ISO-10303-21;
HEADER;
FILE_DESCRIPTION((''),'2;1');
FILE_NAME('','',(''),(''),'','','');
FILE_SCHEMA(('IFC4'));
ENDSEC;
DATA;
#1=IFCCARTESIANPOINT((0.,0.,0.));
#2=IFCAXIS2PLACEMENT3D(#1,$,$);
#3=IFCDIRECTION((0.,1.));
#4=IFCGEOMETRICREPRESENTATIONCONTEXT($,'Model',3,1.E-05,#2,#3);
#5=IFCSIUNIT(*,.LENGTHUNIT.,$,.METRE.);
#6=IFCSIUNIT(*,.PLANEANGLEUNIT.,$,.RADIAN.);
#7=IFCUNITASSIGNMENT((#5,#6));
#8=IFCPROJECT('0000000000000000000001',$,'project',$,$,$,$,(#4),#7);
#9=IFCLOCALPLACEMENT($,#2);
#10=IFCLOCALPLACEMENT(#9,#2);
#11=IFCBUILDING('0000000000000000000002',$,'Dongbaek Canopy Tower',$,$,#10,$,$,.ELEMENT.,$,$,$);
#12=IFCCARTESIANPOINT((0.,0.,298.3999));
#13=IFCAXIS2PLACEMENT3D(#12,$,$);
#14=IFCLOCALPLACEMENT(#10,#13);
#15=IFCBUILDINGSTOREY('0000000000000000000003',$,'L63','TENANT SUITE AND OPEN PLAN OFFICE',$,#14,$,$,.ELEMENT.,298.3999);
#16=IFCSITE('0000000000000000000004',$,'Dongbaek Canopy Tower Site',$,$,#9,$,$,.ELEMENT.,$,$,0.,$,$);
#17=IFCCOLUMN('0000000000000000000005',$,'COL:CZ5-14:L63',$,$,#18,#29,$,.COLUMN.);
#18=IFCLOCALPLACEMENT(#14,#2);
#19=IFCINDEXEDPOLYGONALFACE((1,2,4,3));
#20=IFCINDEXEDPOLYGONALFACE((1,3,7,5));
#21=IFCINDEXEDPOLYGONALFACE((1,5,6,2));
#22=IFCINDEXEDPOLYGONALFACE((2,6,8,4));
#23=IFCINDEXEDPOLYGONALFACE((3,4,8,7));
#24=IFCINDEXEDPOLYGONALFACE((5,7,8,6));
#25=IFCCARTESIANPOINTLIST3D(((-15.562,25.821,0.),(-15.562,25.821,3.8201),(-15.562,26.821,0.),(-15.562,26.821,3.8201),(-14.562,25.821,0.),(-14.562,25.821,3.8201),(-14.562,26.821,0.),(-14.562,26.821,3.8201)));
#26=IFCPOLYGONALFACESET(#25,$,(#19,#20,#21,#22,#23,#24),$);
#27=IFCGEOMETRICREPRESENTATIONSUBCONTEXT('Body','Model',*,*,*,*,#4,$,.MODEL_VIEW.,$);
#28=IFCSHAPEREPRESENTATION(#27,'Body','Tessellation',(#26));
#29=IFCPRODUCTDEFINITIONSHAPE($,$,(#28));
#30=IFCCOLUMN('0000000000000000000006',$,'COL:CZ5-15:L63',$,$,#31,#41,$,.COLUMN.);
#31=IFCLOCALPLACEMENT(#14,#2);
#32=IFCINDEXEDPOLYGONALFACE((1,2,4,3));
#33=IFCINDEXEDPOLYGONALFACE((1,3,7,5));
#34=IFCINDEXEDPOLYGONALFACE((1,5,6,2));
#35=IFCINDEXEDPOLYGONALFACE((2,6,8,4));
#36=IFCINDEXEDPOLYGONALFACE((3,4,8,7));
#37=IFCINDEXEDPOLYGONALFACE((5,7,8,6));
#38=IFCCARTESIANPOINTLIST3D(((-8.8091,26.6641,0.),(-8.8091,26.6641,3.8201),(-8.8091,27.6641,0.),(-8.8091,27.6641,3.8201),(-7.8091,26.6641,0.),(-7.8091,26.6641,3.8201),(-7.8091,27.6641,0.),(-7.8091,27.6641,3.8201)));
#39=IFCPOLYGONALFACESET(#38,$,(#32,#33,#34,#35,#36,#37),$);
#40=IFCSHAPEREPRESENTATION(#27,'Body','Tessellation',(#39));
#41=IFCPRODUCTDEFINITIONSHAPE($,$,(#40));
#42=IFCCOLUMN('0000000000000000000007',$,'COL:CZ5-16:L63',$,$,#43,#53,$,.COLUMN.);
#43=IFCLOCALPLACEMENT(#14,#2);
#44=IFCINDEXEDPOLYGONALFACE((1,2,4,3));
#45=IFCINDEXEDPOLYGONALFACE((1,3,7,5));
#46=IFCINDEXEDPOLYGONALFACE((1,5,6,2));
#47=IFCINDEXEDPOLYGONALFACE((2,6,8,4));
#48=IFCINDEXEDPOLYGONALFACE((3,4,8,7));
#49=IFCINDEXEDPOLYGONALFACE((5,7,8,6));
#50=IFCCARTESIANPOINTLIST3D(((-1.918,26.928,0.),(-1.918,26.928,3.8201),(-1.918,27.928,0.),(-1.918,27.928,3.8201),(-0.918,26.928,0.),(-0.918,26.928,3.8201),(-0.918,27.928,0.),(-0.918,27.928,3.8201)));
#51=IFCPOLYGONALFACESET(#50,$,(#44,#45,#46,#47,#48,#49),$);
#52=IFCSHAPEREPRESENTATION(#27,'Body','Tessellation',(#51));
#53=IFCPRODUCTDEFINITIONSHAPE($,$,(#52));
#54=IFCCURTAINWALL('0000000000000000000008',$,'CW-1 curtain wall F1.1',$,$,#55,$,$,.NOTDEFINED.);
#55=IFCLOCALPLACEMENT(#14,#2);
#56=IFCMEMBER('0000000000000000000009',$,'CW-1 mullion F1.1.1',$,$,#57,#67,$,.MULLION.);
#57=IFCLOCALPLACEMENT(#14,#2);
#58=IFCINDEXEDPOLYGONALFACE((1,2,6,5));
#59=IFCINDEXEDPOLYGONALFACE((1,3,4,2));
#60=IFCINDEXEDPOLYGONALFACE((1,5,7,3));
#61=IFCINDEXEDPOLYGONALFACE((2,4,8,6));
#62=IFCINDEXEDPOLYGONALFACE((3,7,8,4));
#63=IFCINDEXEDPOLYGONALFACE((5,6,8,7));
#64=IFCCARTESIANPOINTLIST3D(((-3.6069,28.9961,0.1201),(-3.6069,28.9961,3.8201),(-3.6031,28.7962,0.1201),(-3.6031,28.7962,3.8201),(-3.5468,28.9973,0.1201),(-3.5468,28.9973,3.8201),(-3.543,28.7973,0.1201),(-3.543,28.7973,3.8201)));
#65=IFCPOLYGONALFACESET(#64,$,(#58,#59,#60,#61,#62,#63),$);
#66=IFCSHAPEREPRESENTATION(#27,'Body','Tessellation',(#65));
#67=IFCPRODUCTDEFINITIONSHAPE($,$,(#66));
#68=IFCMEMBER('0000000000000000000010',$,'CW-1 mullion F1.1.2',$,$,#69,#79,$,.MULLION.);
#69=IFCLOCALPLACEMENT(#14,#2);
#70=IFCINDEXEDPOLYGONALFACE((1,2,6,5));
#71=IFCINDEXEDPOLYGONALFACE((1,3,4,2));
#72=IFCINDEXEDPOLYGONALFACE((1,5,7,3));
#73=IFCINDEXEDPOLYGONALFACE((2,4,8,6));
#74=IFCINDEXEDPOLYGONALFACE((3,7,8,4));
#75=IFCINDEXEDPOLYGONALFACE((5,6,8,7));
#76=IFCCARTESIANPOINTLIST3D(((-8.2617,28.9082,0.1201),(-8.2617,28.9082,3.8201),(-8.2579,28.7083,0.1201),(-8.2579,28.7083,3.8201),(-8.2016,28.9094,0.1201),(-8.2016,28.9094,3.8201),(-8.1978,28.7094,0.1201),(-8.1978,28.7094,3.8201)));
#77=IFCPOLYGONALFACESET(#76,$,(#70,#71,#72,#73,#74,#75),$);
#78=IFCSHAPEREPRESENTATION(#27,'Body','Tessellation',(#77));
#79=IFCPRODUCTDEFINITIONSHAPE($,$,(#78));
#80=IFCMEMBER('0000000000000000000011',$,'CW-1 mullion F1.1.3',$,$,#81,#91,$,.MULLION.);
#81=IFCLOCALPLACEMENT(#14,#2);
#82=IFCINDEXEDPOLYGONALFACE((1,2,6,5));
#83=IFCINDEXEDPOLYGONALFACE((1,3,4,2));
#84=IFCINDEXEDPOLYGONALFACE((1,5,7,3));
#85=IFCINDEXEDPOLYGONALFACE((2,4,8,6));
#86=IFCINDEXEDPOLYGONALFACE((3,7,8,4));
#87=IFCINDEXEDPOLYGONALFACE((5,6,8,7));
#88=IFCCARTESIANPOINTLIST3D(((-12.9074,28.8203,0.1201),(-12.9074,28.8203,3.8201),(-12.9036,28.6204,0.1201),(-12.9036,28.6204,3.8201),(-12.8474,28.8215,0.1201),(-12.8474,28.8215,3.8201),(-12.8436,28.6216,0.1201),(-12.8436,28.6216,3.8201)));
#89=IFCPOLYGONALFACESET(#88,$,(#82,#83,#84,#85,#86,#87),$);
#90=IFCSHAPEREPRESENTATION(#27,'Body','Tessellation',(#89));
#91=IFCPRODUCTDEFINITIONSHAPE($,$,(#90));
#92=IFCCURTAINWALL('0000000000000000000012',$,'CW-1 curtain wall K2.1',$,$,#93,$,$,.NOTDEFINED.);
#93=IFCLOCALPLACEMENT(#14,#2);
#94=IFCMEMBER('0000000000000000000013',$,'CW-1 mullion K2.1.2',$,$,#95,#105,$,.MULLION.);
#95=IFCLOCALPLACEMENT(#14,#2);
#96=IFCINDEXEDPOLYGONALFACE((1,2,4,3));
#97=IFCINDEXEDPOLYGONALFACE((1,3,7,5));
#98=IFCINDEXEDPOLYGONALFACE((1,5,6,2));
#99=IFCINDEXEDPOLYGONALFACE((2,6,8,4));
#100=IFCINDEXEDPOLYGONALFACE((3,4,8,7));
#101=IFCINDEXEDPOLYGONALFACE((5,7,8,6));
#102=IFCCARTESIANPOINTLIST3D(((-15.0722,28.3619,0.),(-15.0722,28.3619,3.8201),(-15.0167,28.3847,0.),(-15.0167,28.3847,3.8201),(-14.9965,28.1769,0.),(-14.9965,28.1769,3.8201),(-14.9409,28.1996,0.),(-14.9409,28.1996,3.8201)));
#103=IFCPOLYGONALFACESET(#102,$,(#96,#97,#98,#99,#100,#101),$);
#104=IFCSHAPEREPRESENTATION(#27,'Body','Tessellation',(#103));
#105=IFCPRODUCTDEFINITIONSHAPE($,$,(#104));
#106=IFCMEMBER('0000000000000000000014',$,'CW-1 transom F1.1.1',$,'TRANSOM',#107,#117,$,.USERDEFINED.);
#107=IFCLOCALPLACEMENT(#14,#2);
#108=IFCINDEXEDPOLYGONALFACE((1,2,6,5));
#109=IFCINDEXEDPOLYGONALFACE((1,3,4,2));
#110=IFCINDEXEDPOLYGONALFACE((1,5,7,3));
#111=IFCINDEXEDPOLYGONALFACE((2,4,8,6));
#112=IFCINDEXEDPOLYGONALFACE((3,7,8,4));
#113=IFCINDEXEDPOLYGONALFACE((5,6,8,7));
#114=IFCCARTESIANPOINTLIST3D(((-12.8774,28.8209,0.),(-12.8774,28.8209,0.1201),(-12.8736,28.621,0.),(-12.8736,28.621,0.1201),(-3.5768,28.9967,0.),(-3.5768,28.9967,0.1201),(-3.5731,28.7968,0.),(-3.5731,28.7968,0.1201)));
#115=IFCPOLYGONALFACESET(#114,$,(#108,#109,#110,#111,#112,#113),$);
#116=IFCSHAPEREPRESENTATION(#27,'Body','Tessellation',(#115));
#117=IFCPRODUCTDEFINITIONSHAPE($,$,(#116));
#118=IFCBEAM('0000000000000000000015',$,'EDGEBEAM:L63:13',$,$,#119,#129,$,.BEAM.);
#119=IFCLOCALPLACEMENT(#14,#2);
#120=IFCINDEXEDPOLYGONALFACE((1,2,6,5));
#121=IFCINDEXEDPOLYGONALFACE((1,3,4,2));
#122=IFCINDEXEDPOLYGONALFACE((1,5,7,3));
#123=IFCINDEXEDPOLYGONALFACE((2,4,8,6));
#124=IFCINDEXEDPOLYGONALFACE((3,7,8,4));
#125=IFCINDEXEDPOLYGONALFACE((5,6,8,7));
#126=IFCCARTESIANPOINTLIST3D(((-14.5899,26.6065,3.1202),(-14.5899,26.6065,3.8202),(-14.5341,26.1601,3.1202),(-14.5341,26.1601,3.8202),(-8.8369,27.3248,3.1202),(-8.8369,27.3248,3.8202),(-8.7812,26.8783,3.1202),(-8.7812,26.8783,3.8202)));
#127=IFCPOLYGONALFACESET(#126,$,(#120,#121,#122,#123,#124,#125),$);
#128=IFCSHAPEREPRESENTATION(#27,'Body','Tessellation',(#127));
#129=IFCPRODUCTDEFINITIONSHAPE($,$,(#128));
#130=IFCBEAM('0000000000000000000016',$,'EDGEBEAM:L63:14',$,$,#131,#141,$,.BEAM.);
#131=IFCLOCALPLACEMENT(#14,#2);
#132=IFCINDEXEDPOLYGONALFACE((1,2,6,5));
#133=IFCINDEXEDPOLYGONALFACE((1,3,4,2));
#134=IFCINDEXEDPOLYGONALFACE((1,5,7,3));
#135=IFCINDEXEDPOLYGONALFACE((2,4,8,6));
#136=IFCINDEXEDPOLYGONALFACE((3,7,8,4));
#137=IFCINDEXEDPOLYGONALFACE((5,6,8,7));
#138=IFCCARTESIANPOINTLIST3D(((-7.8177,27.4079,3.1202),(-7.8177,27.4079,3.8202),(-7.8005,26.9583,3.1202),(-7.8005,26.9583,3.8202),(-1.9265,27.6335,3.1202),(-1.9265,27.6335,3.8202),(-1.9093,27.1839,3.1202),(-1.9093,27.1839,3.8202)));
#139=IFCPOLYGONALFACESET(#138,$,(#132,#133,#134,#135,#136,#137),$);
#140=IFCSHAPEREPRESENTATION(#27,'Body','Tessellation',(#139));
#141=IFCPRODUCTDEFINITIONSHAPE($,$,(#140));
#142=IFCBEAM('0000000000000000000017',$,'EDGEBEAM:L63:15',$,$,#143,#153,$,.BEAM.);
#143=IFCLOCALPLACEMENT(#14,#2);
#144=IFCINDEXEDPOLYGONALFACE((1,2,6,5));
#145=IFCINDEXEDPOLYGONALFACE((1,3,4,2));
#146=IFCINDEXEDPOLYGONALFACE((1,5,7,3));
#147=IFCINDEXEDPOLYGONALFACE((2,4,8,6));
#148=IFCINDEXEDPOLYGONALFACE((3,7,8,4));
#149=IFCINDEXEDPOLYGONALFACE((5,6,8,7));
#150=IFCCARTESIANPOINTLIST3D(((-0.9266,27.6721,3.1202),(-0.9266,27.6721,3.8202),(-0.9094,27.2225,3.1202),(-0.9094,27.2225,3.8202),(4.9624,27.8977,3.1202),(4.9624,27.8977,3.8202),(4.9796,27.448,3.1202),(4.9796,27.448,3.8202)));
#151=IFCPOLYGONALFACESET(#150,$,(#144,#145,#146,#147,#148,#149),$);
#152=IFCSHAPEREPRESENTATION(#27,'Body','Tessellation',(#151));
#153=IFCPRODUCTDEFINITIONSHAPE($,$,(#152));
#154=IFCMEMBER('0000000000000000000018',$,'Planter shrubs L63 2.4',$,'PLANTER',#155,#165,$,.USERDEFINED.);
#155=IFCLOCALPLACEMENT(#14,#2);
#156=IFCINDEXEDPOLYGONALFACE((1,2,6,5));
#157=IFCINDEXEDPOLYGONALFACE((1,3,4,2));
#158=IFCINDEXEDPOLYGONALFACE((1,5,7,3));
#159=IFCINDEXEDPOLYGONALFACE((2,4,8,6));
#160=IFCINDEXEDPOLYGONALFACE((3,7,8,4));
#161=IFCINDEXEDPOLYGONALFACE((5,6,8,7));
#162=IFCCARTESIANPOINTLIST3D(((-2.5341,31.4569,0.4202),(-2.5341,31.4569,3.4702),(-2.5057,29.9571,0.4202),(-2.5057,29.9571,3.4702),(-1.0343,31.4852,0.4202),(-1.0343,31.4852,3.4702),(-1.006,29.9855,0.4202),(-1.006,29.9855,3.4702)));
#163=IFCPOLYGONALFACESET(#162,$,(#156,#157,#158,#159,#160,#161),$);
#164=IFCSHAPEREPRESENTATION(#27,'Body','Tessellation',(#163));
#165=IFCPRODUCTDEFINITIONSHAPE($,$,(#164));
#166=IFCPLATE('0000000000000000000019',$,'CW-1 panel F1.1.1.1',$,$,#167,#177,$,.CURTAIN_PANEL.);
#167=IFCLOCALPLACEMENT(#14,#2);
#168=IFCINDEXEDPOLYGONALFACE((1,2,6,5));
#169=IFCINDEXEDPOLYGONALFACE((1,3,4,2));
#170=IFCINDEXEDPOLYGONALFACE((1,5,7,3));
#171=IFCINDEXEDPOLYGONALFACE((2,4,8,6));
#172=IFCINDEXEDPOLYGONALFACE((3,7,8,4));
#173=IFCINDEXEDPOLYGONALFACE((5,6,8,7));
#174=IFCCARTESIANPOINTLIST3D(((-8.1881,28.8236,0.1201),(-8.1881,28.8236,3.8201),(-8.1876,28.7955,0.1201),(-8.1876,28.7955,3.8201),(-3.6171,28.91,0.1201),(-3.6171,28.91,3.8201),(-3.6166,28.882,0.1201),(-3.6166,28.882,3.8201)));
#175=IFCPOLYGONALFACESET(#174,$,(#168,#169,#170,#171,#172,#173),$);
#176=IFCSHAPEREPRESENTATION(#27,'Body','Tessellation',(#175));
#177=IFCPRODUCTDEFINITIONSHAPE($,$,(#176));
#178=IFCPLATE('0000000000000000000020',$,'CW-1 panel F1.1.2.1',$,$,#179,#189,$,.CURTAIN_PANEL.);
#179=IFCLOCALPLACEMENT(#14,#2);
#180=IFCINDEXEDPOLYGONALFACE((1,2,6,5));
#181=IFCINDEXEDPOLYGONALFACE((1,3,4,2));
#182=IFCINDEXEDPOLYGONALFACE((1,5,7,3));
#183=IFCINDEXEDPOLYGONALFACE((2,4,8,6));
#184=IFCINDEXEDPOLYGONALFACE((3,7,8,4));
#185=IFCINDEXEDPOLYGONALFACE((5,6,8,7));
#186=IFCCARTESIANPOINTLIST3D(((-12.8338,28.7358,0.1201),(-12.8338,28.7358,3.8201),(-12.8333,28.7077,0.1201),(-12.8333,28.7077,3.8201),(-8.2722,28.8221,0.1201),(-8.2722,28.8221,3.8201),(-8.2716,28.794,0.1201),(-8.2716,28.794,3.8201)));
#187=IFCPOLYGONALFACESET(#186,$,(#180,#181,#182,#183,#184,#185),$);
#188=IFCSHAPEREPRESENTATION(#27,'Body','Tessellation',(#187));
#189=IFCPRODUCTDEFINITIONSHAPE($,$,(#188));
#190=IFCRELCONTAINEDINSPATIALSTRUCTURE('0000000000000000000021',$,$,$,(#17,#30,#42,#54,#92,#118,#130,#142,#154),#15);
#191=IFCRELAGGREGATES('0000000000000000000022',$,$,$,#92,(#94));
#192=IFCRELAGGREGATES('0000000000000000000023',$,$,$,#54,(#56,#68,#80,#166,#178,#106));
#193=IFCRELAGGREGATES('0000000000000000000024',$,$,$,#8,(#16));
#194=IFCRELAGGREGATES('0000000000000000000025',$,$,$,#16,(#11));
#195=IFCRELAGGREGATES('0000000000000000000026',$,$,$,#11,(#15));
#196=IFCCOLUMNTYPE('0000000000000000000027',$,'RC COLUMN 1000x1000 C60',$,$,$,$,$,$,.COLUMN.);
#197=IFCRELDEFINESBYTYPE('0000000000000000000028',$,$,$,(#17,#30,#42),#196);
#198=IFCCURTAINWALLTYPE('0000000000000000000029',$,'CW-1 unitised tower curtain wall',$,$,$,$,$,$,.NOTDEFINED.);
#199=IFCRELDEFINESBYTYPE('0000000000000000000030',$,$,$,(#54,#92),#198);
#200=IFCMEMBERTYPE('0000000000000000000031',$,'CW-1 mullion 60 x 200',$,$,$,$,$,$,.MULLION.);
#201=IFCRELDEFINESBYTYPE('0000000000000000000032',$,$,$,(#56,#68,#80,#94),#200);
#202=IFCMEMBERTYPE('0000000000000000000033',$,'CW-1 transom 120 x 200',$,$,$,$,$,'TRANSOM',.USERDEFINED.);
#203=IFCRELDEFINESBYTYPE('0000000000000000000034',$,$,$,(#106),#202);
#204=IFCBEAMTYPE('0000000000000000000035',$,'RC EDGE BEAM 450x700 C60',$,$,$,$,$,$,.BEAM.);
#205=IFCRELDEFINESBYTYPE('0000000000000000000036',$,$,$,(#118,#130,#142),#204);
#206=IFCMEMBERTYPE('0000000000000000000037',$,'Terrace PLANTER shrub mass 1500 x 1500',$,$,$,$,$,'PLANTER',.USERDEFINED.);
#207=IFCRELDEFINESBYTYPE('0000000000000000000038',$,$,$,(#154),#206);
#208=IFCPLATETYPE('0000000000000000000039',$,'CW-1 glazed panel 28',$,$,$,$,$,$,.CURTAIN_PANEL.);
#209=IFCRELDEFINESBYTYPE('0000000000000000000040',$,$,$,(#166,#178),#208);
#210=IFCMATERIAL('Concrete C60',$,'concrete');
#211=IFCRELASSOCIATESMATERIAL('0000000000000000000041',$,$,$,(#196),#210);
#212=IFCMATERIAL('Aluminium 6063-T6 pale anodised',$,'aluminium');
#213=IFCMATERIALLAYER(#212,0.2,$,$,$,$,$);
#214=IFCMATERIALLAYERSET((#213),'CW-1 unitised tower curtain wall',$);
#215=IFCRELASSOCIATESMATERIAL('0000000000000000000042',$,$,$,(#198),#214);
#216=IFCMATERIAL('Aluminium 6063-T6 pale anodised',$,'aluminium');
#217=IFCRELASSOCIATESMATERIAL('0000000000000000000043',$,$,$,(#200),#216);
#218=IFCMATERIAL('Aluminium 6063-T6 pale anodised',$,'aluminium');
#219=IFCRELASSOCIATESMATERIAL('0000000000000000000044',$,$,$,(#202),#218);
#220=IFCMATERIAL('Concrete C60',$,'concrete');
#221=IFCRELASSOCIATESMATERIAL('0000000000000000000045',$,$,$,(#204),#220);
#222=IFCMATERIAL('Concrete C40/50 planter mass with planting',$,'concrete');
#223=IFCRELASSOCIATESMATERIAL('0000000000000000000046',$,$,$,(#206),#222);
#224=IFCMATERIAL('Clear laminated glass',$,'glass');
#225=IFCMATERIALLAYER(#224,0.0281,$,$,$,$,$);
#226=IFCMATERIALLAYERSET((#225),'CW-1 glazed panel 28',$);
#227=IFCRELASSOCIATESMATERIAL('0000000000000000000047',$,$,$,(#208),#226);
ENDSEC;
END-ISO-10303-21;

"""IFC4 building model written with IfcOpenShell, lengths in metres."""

from ifc_helpers import new_model, si_unit, direction, frame, origin, origin_2d, place, context, subcontext, project, spatial, rectangle, extrude, material, layer, layer_set, material_profile, profile_set, type_object, element, aggregate, save


model = new_model("IFC4")

# Units and contexts
model_context = context("Model", 3, precision=1e-05, world=origin(), true_north=direction((0.0, 1.0)))
body_context = subcontext(model_context, "Body", "Model", "MODEL_VIEW")
ifc_project = project(units=[si_unit("LENGTHUNIT", "METRE"), si_unit("PLANEANGLEUNIT", "RADIAN")], contexts=[model_context])

# Site, building, storey
site_placement = place(None, origin())
site = spatial("IfcSite", under=ifc_project, at=site_placement, Name="Dongbaek Canopy Tower Site", CompositionType="ELEMENT", RefElevation=0.0)
building_placement = place(site_placement, origin())
building = spatial("IfcBuilding", under=site, at=building_placement, Name="Dongbaek Canopy Tower", CompositionType="ELEMENT")
storey_placement = place(building_placement, frame((0.0, 0.0, 298.3999)))
storey = spatial("IfcBuildingStorey", under=building, at=storey_placement, Name="L63", Description="TENANT SUITE AND OPEN PLAN OFFICE", CompositionType="ELEMENT", Elevation=298.3999)

# Columns
ifc_material_1 = material(Name="Concrete C60", Category="concrete")
ifc_material_profile_1 = material_profile(ifc_material_1, rectangle(XDim=1.0, YDim=1.0, at=origin_2d()), Name="RC COLUMN 1000x1000 C60")
ifc_profile_set_1 = profile_set([ifc_material_profile_1], Name="Concrete C60")
column_type = type_object("IfcColumnType", Name="RC COLUMN 1000x1000 C60", PredefinedType="COLUMN", material=ifc_profile_set_1)
for number, where, z_axis, x_axis, name in (
    (1, (-15.062, 26.321, 0.0), (0.0, 0.0, 1.0), (1.0, 0.0, 0.0), "COL:CZ5-14:L63"),
    (2, (-8.3091, 27.1641, 0.0), (0.0, 0.0, 1.0), (1.0, 0.0, 0.0), "COL:CZ5-15:L63"),
    (3, (-1.418, 27.428, 0.0), (0.0, 0.0, 1.0), (1.0, 0.0, 0.0), "COL:CZ5-16:L63"),
):
    element("IfcColumn", number, at=place(storey_placement, frame(where, z_axis=z_axis, x_axis=x_axis)), inside=storey, type_object=column_type, Name=name, PredefinedType="COLUMN", context=body_context, shape_type="SweptSolid", body=[
        extrude(rectangle(XDim=1.0, YDim=1.0, at=origin_2d()), origin(), (0.0, 0.0, 1.0), 3.8201),
    ])

# Curtain wall, members
ifc_material_2 = material(Name="Aluminium 6063-T6 pale anodised", Category="aluminium")
ifc_layer_1 = layer(ifc_material_2, 0.2)
ifc_layer_set_1 = layer_set([ifc_layer_1], Name="CW-1 unitised tower curtain wall")
curtain_wall_type = type_object("IfcCurtainWallType", Name="CW-1 unitised tower curtain wall", PredefinedType="NOTDEFINED", material=ifc_layer_set_1)
curtain_wall_1_placement = place(storey_placement, origin())
curtain_wall_1 = element("IfcCurtainWall", 4, at=curtain_wall_1_placement, inside=storey, type_object=curtain_wall_type, Name="CW-1 curtain wall F1.1", PredefinedType="NOTDEFINED")
ifc_material_3 = material(Name="Aluminium 6063-T6 pale anodised", Category="aluminium")
ifc_material_profile_2 = material_profile(ifc_material_3, rectangle(XDim=0.2, YDim=0.0601, at=origin_2d()), Name="CW-1 mullion 60 x 200")
ifc_profile_set_2 = profile_set([ifc_material_profile_2], Name="Aluminium 6063-T6 pale anodised")
member_type_1 = type_object("IfcMemberType", Name="CW-1 mullion 60 x 200", PredefinedType="MULLION", material=ifc_profile_set_2)
member_1_placement = place(storey_placement, frame((-3.575, 28.8967, 0.1201), z_axis=(0.0, 0.0, 1.0), x_axis=(-0.018905, 0.999821, 0.0)))
member_1 = element("IfcMember", 5, at=member_1_placement, type_object=member_type_1, Name="CW-1 mullion F1.1.1", PredefinedType="MULLION", context=body_context, shape_type="SweptSolid", body=[
    extrude(rectangle(XDim=0.2, YDim=0.0601, at=origin_2d()), origin(), (0.0, 0.0, 1.0), 3.7),
])
member_2_placement = place(storey_placement, frame((-8.2297, 28.8088, 0.1201), z_axis=(0.0, 0.0, 1.0), x_axis=(-0.018905, 0.999821, 0.0)))
member_2 = element("IfcMember", 6, at=member_2_placement, type_object=member_type_1, Name="CW-1 mullion F1.1.2", PredefinedType="MULLION", context=body_context, shape_type="SweptSolid", body=[
    extrude(rectangle(XDim=0.2, YDim=0.0601, at=origin_2d()), origin(), (0.0, 0.0, 1.0), 3.7),
])
member_3_placement = place(storey_placement, frame((-12.8755, 28.7209, 0.1201), z_axis=(0.0, 0.0, 1.0), x_axis=(-0.018905, 0.999821, 0.0)))
member_3 = element("IfcMember", 7, at=member_3_placement, type_object=member_type_1, Name="CW-1 mullion F1.1.3", PredefinedType="MULLION", context=body_context, shape_type="SweptSolid", body=[
    extrude(rectangle(XDim=0.2, YDim=0.0601, at=origin_2d()), origin(), (0.0, 0.0, 1.0), 3.7),
])

# Curtain wall, member
curtain_wall_2_placement = place(storey_placement, origin())
curtain_wall_2 = element("IfcCurtainWall", 8, at=curtain_wall_2_placement, inside=storey, type_object=curtain_wall_type, Name="CW-1 curtain wall K2.1", PredefinedType="NOTDEFINED")
member_4_placement = place(storey_placement, frame((-15.0066, 28.2808, 0.0), z_axis=(0.0, 0.0, 1.0), x_axis=(-0.378666, 0.925533, 0.0)))
member_4 = element("IfcMember", 9, at=member_4_placement, type_object=member_type_1, Name="CW-1 mullion K2.1.2", PredefinedType="MULLION", context=body_context, shape_type="SweptSolid", body=[
    extrude(rectangle(XDim=0.2, YDim=0.0601, at=origin_2d()), origin(), (0.0, 0.0, 1.0), 3.8201),
])

# Member
ifc_material_4 = material(Name="Aluminium 6063-T6 pale anodised", Category="aluminium")
ifc_material_profile_3 = material_profile(ifc_material_4, rectangle(XDim=0.2, YDim=0.1201, at=origin_2d()), Name="CW-1 transom 120 x 200")
ifc_profile_set_3 = profile_set([ifc_material_profile_3], Name="Aluminium 6063-T6 pale anodised")
member_type_2 = type_object("IfcMemberType", Name="CW-1 transom 120 x 200", ElementType="TRANSOM", PredefinedType="USERDEFINED", material=ifc_profile_set_3)
member_5_placement = place(storey_placement, frame((-3.575, 28.8967, 0.0601), z_axis=(-0.999821, -0.018897, 0.0), x_axis=(0.018897, -0.999821, 0.0)))
member_5 = element("IfcMember", 10, at=member_5_placement, type_object=member_type_2, Name="CW-1 transom F1.1.1", ObjectType="TRANSOM", PredefinedType="USERDEFINED", context=body_context, shape_type="SweptSolid", body=[
    extrude(rectangle(XDim=0.2, YDim=0.1201, at=origin_2d()), origin(), (0.0, 0.0, 1.0), 9.3022),
])

# Beams
ifc_material_5 = material(Name="Concrete C60", Category="concrete")
ifc_material_profile_4 = material_profile(ifc_material_5, rectangle(XDim=0.45, YDim=0.7, at=origin_2d()), Name="RC EDGE BEAM 450x700 C60")
ifc_profile_set_4 = profile_set([ifc_material_profile_4], Name="Concrete C60")
beam_type = type_object("IfcBeamType", Name="RC EDGE BEAM 450x700 C60", PredefinedType="BEAM", material=ifc_profile_set_4)
beam_1_placement = place(storey_placement, frame((-14.562, 26.3833, 3.4702), z_axis=(0.992296, 0.12389, 0.0), x_axis=(-0.12389, 0.992296, 0.0)))
element("IfcBeam", 11, at=beam_1_placement, inside=storey, type_object=beam_type, Name="EDGEBEAM:L63:13", PredefinedType="BEAM", context=body_context, shape_type="SweptSolid", body=[
    extrude(rectangle(XDim=0.45, YDim=0.7, at=origin_2d()), origin(), (0.0, 0.0, 1.0), 5.7976),
])
beam_2_placement = place(storey_placement, frame((-7.8091, 27.1831, 3.4702), z_axis=(0.999268, 0.038265, 0.0), x_axis=(-0.038265, 0.999268, 0.0)))
element("IfcBeam", 12, at=beam_2_placement, inside=storey, type_object=beam_type, Name="EDGEBEAM:L63:14", PredefinedType="BEAM", context=body_context, shape_type="SweptSolid", body=[
    extrude(rectangle(XDim=0.45, YDim=0.7, at=origin_2d()), origin(), (0.0, 0.0, 1.0), 5.8955),
])
beam_3_placement = place(storey_placement, frame((-0.918, 27.4473, 3.4702), z_axis=(0.999267, 0.038279, 0.0), x_axis=(-0.038279, 0.999267, 0.0)))
element("IfcBeam", 13, at=beam_3_placement, inside=storey, type_object=beam_type, Name="EDGEBEAM:L63:15", PredefinedType="BEAM", context=body_context, shape_type="SweptSolid", body=[
    extrude(rectangle(XDim=0.45, YDim=0.7, at=origin_2d()), origin(), (0.0, 0.0, 1.0), 5.8933),
])

# Member
ifc_material_6 = material(Name="Concrete C40/50 planter mass with planting", Category="concrete")
ifc_material_profile_5 = material_profile(ifc_material_6, rectangle(XDim=1.5, YDim=1.5, at=origin_2d()), Name="Terrace PLANTER shrub mass 1500 x 1500")
ifc_profile_set_5 = profile_set([ifc_material_profile_5], Name="Concrete C40/50 planter mass with planting")
member_type_3 = type_object("IfcMemberType", Name="Terrace PLANTER shrub mass 1500 x 1500", ElementType="PLANTER", PredefinedType="USERDEFINED", material=ifc_profile_set_5)
member_6_placement = place(storey_placement, frame((-1.77, 30.7212, 0.4202), z_axis=(0.0, 0.0, 1.0), x_axis=(-0.018905, 0.999821, 0.0)))
element("IfcMember", 14, at=member_6_placement, inside=storey, type_object=member_type_3, Name="Planter shrubs L63 2.4", ObjectType="PLANTER", PredefinedType="USERDEFINED", context=body_context, shape_type="SweptSolid", body=[
    extrude(rectangle(XDim=1.5, YDim=1.5, at=origin_2d()), origin(), (0.0, 0.0, 1.0), 3.05),
])

# Plates
ifc_material_7 = material(Name="Clear laminated glass", Category="glass")
ifc_layer_2 = layer(ifc_material_7, 0.0281)
ifc_layer_set_2 = layer_set([ifc_layer_2], Name="CW-1 glazed panel 28")
plate_type = type_object("IfcPlateType", Name="CW-1 glazed panel 28", PredefinedType="CURTAIN_PANEL", material=ifc_layer_set_2)
plate_1_placement = place(storey_placement, frame((-5.9023, 28.8528, 0.1201), z_axis=(0.0, 0.0, 1.0), x_axis=(-0.999821, -0.018905, 0.0)))
plate_1 = element("IfcPlate", 15, at=plate_1_placement, type_object=plate_type, Name="CW-1 panel F1.1.1.1", PredefinedType="CURTAIN_PANEL", context=body_context, shape_type="SweptSolid", body=[
    extrude(rectangle(XDim=4.5718, YDim=0.0281, at=origin_2d()), origin(), (0.0, 0.0, 1.0), 3.7),
])
plate_2_placement = place(storey_placement, frame((-10.5527, 28.7649, 0.1201), z_axis=(0.0, 0.0, 1.0), x_axis=(-0.999821, -0.018905, 0.0)))
plate_2 = element("IfcPlate", 16, at=plate_2_placement, type_object=plate_type, Name="CW-1 panel F1.1.2.1", PredefinedType="CURTAIN_PANEL", context=body_context, shape_type="SweptSolid", body=[
    extrude(rectangle(XDim=4.5625, YDim=0.0281, at=origin_2d()), origin(), (0.0, 0.0, 1.0), 3.7),
])
aggregate(curtain_wall_2, [member_4])

aggregate(curtain_wall_1, [member_1, member_2, member_3, plate_1, plate_2, member_5])

save(model, "model.ifc")
